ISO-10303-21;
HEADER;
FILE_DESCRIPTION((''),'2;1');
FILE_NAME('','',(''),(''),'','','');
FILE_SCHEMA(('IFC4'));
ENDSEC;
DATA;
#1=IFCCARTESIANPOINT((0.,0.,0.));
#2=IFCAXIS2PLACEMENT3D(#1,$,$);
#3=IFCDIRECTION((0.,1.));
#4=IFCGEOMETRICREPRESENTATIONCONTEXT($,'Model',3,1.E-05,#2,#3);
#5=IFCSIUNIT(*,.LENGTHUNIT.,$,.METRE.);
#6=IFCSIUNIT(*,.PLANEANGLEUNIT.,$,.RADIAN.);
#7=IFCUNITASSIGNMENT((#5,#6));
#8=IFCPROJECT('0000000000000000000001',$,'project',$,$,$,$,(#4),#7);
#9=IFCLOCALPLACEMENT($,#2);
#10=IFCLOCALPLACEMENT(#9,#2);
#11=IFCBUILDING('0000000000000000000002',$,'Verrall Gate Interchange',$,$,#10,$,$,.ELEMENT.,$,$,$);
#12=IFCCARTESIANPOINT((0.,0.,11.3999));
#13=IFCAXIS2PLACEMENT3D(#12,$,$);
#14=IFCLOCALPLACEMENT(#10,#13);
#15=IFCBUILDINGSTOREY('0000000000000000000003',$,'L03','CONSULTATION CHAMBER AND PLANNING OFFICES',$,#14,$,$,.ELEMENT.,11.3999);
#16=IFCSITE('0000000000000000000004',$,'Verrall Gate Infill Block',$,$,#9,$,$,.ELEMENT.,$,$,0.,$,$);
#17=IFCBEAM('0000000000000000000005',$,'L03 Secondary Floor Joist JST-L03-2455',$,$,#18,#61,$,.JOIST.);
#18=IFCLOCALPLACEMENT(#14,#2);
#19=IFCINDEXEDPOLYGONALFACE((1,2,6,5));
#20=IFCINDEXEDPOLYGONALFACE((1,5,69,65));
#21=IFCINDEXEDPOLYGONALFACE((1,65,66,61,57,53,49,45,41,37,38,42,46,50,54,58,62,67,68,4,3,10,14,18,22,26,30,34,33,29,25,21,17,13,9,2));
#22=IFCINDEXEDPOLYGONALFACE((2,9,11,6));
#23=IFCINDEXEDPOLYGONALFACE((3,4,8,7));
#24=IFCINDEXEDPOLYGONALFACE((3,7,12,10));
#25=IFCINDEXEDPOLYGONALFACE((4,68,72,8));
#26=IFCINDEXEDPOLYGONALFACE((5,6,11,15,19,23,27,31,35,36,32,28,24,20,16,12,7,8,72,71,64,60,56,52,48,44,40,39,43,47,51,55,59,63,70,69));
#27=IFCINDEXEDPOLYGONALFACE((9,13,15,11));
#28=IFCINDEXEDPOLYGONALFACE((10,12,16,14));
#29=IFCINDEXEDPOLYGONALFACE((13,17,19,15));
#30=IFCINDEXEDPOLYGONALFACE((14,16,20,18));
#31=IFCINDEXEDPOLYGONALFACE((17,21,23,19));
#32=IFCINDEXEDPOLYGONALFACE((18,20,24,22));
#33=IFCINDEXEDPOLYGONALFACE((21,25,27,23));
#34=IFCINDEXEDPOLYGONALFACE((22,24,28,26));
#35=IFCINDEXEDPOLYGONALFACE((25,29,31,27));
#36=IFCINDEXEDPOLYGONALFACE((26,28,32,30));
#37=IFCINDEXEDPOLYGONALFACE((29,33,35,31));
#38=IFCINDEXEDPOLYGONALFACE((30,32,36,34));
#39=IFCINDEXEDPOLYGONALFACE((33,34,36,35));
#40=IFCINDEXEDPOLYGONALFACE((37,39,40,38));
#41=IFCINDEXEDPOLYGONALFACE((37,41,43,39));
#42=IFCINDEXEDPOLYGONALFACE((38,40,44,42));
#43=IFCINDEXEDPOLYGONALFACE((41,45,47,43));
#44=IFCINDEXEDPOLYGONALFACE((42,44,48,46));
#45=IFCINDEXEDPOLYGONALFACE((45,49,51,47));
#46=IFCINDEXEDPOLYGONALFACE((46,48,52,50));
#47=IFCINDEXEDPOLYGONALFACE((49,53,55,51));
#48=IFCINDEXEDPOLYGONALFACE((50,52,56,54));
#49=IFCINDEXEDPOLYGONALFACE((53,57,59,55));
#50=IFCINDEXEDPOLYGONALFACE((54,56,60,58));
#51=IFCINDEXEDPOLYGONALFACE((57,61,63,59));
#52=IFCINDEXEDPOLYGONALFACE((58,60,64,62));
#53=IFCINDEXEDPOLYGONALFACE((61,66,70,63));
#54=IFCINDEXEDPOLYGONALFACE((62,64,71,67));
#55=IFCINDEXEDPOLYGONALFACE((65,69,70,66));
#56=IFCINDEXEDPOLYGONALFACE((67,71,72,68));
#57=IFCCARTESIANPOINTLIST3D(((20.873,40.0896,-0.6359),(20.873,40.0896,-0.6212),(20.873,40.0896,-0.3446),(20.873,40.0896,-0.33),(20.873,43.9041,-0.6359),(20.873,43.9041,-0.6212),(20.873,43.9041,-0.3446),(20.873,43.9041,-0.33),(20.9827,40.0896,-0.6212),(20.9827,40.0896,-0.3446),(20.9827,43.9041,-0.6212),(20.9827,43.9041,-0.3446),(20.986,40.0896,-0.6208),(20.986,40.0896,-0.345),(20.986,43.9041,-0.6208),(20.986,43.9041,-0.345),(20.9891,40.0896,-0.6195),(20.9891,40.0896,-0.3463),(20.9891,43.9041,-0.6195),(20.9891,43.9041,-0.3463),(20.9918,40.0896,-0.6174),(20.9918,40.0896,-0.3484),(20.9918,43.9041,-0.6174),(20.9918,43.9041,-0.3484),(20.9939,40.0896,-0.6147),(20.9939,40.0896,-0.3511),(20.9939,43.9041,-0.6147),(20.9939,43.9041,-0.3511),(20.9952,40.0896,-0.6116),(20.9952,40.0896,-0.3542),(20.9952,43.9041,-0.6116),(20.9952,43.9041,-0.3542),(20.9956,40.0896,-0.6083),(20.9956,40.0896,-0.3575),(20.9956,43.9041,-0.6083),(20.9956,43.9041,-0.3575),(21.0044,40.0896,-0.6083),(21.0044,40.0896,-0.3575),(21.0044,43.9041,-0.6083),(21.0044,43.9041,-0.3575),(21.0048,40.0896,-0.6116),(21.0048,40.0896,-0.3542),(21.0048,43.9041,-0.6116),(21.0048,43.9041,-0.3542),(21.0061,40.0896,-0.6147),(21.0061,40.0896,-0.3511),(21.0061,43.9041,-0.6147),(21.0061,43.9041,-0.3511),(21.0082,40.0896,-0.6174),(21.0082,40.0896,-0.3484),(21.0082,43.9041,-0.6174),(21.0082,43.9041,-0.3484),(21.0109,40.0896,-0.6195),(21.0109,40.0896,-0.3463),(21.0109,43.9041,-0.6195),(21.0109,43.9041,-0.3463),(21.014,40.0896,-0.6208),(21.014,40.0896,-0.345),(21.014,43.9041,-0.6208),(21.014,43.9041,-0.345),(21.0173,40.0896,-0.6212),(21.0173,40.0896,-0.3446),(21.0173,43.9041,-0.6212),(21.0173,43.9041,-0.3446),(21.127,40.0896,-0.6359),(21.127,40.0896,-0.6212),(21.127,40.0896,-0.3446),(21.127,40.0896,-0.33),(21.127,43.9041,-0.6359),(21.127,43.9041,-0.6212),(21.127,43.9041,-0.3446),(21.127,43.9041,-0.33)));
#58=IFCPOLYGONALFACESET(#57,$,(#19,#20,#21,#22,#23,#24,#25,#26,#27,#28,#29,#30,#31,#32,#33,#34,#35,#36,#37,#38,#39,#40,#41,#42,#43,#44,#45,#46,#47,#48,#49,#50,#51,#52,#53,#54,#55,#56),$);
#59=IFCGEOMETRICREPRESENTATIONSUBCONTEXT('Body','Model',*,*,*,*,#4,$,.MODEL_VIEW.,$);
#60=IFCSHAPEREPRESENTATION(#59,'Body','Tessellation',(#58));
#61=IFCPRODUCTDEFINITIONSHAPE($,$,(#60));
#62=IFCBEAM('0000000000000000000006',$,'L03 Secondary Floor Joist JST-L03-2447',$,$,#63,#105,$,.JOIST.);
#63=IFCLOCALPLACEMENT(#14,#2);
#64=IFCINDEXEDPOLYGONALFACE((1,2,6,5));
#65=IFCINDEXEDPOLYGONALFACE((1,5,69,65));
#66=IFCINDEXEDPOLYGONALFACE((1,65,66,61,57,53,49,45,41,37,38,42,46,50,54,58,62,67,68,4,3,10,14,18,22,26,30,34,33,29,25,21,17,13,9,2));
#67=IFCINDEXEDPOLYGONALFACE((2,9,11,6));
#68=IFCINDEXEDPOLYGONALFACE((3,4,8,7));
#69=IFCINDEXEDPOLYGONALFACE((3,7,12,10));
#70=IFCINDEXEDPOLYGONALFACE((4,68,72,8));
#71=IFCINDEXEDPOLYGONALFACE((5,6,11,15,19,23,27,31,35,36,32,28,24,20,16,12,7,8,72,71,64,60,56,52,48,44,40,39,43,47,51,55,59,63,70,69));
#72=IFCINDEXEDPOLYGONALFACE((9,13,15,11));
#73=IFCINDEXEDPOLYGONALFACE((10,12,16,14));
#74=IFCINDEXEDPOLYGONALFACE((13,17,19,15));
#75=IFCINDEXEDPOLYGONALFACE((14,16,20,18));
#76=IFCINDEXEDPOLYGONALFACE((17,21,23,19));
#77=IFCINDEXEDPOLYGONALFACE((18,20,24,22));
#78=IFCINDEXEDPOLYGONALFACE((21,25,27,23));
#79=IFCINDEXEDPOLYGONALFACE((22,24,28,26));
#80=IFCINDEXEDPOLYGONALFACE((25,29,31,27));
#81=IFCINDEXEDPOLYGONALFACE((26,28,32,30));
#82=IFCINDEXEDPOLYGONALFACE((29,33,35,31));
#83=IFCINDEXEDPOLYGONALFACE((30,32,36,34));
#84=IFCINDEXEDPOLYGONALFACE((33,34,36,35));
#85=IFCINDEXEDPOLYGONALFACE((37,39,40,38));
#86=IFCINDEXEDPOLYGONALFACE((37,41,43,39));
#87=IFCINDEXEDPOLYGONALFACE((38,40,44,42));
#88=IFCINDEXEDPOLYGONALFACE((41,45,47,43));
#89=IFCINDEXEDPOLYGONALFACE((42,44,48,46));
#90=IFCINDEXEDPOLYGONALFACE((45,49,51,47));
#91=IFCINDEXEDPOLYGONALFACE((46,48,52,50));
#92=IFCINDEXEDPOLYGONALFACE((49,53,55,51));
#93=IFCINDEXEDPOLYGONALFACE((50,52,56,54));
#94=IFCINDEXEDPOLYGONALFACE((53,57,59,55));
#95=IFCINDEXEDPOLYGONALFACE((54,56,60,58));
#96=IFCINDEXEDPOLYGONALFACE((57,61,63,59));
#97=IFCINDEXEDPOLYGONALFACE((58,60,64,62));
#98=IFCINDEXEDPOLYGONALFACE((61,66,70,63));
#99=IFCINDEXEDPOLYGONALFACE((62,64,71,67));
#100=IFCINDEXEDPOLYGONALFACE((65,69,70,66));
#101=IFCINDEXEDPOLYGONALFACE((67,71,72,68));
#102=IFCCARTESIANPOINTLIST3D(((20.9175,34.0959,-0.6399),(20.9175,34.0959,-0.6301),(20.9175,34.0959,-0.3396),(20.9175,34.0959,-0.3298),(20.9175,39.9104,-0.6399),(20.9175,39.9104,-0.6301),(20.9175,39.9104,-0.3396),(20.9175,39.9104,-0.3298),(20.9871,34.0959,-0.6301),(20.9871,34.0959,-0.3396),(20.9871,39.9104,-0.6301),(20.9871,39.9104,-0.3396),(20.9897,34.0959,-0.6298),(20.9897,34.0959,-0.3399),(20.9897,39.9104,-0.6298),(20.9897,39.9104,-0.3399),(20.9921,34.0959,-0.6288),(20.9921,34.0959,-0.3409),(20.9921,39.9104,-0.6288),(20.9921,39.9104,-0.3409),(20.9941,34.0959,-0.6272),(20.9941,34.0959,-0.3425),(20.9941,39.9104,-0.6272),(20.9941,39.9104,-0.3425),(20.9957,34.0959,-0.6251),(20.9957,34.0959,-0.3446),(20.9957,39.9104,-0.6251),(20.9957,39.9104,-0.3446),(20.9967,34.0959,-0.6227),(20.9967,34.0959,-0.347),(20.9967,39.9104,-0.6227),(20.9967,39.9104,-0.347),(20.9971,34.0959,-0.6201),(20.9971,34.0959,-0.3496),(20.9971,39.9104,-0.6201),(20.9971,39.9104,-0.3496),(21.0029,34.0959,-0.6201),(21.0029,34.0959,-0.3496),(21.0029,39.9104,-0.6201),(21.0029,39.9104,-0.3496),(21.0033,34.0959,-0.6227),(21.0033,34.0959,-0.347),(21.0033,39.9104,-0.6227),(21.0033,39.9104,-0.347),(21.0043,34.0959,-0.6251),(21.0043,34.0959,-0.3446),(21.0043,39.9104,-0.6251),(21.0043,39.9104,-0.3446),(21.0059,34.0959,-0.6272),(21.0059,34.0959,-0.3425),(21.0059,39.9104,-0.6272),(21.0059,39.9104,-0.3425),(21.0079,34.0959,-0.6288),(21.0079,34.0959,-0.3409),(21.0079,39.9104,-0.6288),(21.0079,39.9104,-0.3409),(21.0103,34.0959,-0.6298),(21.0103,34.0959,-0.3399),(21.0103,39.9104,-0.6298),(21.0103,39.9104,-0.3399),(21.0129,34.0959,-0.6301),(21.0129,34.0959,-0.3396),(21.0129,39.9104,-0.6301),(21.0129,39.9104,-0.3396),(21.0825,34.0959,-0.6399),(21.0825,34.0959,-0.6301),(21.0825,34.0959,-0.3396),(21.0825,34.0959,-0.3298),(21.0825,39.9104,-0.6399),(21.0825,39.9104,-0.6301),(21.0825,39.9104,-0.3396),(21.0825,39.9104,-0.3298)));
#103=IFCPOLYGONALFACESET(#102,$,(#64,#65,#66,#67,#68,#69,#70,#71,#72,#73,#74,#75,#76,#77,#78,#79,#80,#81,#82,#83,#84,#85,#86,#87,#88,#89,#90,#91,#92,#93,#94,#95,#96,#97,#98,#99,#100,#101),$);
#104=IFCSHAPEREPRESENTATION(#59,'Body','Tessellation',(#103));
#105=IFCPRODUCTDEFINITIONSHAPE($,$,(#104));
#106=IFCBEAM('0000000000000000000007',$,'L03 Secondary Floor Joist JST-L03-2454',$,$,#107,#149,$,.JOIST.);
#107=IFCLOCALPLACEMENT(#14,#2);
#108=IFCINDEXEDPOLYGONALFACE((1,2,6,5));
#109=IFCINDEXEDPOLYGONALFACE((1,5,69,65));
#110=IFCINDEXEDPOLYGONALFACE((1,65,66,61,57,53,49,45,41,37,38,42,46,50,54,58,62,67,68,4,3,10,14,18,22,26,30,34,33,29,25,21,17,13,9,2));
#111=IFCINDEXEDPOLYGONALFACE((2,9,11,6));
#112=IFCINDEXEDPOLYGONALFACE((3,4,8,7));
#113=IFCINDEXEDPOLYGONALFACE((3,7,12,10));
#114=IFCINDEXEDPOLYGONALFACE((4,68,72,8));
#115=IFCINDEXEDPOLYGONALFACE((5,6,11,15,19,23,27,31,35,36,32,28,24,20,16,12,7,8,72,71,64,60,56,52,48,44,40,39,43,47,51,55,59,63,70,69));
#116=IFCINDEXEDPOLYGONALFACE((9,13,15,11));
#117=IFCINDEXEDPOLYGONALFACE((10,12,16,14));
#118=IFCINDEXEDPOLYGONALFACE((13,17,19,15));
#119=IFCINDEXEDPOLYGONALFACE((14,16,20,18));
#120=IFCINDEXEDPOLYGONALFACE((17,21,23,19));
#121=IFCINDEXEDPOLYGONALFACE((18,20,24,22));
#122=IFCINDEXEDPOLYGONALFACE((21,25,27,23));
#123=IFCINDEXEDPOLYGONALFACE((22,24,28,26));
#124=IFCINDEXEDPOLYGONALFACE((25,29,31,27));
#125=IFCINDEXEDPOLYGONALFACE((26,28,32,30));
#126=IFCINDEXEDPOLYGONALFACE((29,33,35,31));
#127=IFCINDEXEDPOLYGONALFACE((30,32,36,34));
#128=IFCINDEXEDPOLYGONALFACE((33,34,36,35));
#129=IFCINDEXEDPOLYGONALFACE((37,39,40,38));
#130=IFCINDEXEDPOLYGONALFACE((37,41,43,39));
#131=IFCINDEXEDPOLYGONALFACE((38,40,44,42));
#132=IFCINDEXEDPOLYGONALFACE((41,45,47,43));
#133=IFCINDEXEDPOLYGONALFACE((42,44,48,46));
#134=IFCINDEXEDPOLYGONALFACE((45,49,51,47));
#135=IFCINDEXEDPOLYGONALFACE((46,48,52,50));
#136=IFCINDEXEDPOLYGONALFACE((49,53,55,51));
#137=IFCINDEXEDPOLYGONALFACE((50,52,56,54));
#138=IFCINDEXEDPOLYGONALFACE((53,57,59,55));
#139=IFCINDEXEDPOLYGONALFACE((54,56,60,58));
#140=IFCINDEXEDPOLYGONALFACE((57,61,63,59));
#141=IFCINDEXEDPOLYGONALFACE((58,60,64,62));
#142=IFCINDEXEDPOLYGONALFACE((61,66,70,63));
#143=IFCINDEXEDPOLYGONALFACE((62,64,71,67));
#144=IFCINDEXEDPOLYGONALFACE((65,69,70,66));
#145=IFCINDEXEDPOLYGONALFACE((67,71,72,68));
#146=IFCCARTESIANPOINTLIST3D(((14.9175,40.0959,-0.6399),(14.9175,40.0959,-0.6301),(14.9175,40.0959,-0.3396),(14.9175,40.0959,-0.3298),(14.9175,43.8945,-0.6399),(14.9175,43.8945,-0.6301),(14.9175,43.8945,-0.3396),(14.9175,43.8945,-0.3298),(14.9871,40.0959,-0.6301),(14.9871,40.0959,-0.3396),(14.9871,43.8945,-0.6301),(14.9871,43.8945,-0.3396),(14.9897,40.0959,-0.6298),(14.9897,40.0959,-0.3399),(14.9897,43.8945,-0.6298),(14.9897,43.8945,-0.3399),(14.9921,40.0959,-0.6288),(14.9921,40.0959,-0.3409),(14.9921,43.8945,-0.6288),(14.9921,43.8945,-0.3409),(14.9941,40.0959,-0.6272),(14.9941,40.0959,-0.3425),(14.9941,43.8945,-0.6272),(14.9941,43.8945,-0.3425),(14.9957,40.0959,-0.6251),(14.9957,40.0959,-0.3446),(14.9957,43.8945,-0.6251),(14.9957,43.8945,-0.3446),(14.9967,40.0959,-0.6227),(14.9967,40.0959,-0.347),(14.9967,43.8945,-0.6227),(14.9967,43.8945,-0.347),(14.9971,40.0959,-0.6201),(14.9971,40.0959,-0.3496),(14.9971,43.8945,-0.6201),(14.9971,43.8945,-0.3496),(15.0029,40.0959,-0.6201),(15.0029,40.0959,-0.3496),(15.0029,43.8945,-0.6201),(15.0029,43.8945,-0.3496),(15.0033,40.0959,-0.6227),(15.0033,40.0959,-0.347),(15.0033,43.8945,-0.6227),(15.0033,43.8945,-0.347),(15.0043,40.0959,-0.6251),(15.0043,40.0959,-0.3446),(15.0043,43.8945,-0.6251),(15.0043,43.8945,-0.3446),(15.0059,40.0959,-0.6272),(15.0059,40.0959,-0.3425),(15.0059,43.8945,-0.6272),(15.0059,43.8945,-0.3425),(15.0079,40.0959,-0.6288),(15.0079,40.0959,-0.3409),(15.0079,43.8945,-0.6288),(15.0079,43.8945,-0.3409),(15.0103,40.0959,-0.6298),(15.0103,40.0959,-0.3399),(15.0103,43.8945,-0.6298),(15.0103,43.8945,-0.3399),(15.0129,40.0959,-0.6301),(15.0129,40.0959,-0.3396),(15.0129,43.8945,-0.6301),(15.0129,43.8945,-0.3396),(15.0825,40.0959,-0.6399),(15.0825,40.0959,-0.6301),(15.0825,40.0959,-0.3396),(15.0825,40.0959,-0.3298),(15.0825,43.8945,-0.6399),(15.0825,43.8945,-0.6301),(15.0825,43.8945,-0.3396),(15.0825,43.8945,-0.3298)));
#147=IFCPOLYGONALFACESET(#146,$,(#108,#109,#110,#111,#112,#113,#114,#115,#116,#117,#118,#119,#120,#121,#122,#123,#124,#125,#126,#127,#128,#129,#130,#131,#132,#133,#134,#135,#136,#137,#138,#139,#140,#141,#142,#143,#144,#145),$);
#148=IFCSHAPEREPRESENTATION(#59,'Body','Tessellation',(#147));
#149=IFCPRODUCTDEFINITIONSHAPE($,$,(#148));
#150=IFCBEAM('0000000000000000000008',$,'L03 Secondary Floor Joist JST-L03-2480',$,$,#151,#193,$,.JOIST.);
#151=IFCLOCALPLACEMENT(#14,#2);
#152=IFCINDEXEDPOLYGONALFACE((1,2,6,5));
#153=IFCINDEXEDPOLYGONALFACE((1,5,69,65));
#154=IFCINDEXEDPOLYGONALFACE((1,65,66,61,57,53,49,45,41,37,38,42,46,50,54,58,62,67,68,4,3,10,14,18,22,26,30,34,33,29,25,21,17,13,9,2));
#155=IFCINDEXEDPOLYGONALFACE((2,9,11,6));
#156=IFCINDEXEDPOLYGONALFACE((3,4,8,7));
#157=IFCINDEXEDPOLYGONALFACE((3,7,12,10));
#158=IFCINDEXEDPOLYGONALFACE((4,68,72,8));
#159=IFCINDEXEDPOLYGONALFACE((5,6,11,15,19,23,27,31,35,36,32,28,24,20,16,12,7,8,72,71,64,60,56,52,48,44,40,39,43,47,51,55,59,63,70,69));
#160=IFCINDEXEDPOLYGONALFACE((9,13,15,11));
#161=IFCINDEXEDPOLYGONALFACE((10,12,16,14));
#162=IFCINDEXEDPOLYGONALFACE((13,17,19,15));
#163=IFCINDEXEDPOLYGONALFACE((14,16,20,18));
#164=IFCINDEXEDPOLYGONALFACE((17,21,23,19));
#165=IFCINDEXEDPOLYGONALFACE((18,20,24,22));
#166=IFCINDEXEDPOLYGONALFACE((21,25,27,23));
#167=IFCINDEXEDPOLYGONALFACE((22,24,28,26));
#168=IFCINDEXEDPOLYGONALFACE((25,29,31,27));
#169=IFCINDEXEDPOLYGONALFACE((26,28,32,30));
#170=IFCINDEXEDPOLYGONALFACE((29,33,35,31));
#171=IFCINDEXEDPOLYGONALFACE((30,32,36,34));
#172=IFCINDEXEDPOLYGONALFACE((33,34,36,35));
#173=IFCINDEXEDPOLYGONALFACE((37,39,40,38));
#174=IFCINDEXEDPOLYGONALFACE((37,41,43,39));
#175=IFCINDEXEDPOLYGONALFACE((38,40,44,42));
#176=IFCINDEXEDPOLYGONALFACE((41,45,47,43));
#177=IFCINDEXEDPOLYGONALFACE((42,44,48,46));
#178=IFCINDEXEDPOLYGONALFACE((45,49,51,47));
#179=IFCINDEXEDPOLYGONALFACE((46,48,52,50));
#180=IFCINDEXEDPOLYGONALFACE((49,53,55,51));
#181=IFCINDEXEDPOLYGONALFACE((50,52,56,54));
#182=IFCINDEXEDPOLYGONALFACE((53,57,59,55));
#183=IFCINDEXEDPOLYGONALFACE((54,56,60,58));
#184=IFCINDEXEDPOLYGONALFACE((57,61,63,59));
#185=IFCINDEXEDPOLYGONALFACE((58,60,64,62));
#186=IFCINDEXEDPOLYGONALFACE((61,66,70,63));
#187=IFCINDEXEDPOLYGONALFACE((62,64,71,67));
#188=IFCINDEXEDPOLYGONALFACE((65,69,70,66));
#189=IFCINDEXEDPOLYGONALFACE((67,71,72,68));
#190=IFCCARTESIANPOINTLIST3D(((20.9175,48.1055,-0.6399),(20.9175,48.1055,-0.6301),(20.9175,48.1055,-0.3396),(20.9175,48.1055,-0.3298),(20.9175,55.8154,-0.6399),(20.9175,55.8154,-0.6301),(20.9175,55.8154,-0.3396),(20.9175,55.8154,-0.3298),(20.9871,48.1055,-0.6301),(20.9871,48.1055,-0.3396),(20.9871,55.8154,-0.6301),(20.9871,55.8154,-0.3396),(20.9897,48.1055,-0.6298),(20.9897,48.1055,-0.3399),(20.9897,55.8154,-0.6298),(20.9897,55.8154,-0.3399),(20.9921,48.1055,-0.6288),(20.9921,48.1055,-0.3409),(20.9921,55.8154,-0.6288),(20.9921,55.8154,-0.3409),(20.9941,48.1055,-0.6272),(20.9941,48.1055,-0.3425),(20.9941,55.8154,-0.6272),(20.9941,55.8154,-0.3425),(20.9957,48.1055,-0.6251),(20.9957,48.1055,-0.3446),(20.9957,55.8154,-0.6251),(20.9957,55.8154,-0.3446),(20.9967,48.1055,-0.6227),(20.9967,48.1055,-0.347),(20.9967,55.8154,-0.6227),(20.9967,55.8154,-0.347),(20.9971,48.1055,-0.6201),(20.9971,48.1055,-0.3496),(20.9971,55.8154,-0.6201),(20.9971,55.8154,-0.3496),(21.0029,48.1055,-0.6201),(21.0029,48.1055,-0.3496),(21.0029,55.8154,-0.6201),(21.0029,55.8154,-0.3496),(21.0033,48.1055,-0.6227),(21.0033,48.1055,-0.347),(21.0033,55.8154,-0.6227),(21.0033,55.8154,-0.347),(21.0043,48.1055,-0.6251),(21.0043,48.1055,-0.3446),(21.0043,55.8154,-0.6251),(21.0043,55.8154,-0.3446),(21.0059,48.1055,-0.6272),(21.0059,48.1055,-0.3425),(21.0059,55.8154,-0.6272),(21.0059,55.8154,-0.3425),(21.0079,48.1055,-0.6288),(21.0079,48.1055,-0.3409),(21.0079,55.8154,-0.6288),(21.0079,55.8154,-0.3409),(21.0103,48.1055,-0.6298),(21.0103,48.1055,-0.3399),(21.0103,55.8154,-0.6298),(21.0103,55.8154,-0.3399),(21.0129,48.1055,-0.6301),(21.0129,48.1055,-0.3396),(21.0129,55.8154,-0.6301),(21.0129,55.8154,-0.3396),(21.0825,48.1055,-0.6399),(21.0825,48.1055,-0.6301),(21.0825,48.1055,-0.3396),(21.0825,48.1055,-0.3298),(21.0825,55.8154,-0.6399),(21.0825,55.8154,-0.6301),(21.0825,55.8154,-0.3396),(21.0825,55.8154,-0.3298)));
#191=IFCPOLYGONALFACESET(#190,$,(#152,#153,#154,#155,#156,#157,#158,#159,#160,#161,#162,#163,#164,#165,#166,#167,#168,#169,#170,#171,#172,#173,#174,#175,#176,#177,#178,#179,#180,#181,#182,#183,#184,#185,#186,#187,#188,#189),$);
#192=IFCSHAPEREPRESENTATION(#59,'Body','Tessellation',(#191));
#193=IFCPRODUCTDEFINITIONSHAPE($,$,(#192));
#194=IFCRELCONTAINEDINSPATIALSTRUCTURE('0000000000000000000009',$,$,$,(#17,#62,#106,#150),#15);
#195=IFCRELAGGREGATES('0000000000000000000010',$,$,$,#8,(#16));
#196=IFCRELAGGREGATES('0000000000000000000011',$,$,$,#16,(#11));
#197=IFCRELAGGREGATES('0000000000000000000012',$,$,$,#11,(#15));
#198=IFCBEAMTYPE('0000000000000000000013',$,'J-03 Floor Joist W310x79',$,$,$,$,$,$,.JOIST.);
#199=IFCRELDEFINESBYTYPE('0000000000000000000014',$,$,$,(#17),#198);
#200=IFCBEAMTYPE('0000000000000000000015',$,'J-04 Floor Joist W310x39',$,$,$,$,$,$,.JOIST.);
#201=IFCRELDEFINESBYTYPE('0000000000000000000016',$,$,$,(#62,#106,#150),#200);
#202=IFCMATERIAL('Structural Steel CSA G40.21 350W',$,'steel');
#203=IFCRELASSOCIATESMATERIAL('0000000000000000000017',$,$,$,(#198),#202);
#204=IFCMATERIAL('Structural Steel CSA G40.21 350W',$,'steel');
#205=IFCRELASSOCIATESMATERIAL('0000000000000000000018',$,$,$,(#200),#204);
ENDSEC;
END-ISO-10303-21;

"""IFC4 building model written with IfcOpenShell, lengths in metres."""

from ifc_helpers import new_model, si_unit, direction, frame, origin, origin_2d, place, context, subcontext, project, spatial, i_section, extrude, material, material_profile, profile_set, type_object, element, save


model = new_model("IFC4")

# Units and contexts
model_context = context("Model", 3, precision=1e-05, world=origin(), true_north=direction((0.0, 1.0)))
body_context = subcontext(model_context, "Body", "Model", "MODEL_VIEW")
ifc_project = project(units=[si_unit("LENGTHUNIT", "METRE"), si_unit("PLANEANGLEUNIT", "RADIAN")], contexts=[model_context])

# Site, building, storey
site_placement = place(None, origin())
site = spatial("IfcSite", under=ifc_project, at=site_placement, Name="Verrall Gate Infill Block", CompositionType="ELEMENT", RefElevation=0.0)
building_placement = place(site_placement, origin())
building = spatial("IfcBuilding", under=site, at=building_placement, Name="Verrall Gate Interchange", CompositionType="ELEMENT")
storey_placement = place(building_placement, frame((0.0, 0.0, 11.3999)))
storey = spatial("IfcBuildingStorey", under=building, at=storey_placement, Name="L03", Description="CONSULTATION CHAMBER AND PLANNING OFFICES", CompositionType="ELEMENT", Elevation=11.3999)

# Beams
ifc_material_1 = material(Name="Structural Steel CSA G40.21 350W", Category="steel")
ifc_material_profile_1 = material_profile(ifc_material_1, i_section(OverallWidth=0.2539, OverallDepth=0.3059, WebThickness=0.0088, FlangeThickness=0.0146, FilletRadius=0.0129, at=origin_2d()), Name="W310x79")
ifc_profile_set_1 = profile_set([ifc_material_profile_1], Name="Structural Steel CSA G40.21 350W")
beam_type_1 = type_object("IfcBeamType", Name="J-03 Floor Joist W310x79", PredefinedType="JOIST", material=ifc_profile_set_1)
beam_1_placement = place(storey_placement, frame((21.0, 40.0896, -0.4829), z_axis=(0.0, 1.0, 0.0), x_axis=(-1.0, 0.0, 0.0)))
element("IfcBeam", 1, at=beam_1_placement, inside=storey, type_object=beam_type_1, Name="L03 Secondary Floor Joist JST-L03-2455", PredefinedType="JOIST", context=body_context, shape_type="SweptSolid", body=[
    extrude(i_section(OverallWidth=0.2539, OverallDepth=0.3059, WebThickness=0.0088, FlangeThickness=0.0146, FilletRadius=0.0129, at=origin_2d()), origin(), (0.0, 0.0, 1.0), 3.8145),
])
ifc_material_2 = material(Name="Structural Steel CSA G40.21 350W", Category="steel")
ifc_material_profile_2 = material_profile(ifc_material_2, i_section(OverallWidth=0.165, OverallDepth=0.3101, WebThickness=0.0059, FlangeThickness=0.0098, FilletRadius=0.01, at=origin_2d()), Name="W310x39")
ifc_profile_set_2 = profile_set([ifc_material_profile_2], Name="Structural Steel CSA G40.21 350W")
beam_type_2 = type_object("IfcBeamType", Name="J-04 Floor Joist W310x39", PredefinedType="JOIST", material=ifc_profile_set_2)
beam_2_placement = place(storey_placement, frame((21.0, 34.0959, -0.4849), z_axis=(0.0, 1.0, 0.0), x_axis=(-1.0, 0.0, 0.0)))
element("IfcBeam", 2, at=beam_2_placement, inside=storey, type_object=beam_type_2, Name="L03 Secondary Floor Joist JST-L03-2447", PredefinedType="JOIST", context=body_context, shape_type="SweptSolid", body=[
    extrude(i_section(OverallWidth=0.165, OverallDepth=0.3101, WebThickness=0.0059, FlangeThickness=0.0098, FilletRadius=0.01, at=origin_2d()), origin(), (0.0, 0.0, 1.0), 5.8145),
])
beam_3_placement = place(storey_placement, frame((15.0, 40.0959, -0.4849), z_axis=(0.0, 1.0, 0.0), x_axis=(-1.0, 0.0, 0.0)))
element("IfcBeam", 3, at=beam_3_placement, inside=storey, type_object=beam_type_2, Name="L03 Secondary Floor Joist JST-L03-2454", PredefinedType="JOIST", context=body_context, shape_type="SweptSolid", body=[
    extrude(i_section(OverallWidth=0.165, OverallDepth=0.3101, WebThickness=0.0059, FlangeThickness=0.0098, FilletRadius=0.01, at=origin_2d()), origin(), (0.0, 0.0, 1.0), 3.7986),
])
beam_4_placement = place(storey_placement, frame((21.0, 48.1055, -0.4849), z_axis=(0.0, 1.0, 0.0), x_axis=(-1.0, 0.0, 0.0)))
element("IfcBeam", 4, at=beam_4_placement, inside=storey, type_object=beam_type_2, Name="L03 Secondary Floor Joist JST-L03-2480", PredefinedType="JOIST", context=body_context, shape_type="SweptSolid", body=[
    extrude(i_section(OverallWidth=0.165, OverallDepth=0.3101, WebThickness=0.0059, FlangeThickness=0.0098, FilletRadius=0.01, at=origin_2d()), origin(), (0.0, 0.0, 1.0), 7.71),
])

save(model, "model.ifc")
